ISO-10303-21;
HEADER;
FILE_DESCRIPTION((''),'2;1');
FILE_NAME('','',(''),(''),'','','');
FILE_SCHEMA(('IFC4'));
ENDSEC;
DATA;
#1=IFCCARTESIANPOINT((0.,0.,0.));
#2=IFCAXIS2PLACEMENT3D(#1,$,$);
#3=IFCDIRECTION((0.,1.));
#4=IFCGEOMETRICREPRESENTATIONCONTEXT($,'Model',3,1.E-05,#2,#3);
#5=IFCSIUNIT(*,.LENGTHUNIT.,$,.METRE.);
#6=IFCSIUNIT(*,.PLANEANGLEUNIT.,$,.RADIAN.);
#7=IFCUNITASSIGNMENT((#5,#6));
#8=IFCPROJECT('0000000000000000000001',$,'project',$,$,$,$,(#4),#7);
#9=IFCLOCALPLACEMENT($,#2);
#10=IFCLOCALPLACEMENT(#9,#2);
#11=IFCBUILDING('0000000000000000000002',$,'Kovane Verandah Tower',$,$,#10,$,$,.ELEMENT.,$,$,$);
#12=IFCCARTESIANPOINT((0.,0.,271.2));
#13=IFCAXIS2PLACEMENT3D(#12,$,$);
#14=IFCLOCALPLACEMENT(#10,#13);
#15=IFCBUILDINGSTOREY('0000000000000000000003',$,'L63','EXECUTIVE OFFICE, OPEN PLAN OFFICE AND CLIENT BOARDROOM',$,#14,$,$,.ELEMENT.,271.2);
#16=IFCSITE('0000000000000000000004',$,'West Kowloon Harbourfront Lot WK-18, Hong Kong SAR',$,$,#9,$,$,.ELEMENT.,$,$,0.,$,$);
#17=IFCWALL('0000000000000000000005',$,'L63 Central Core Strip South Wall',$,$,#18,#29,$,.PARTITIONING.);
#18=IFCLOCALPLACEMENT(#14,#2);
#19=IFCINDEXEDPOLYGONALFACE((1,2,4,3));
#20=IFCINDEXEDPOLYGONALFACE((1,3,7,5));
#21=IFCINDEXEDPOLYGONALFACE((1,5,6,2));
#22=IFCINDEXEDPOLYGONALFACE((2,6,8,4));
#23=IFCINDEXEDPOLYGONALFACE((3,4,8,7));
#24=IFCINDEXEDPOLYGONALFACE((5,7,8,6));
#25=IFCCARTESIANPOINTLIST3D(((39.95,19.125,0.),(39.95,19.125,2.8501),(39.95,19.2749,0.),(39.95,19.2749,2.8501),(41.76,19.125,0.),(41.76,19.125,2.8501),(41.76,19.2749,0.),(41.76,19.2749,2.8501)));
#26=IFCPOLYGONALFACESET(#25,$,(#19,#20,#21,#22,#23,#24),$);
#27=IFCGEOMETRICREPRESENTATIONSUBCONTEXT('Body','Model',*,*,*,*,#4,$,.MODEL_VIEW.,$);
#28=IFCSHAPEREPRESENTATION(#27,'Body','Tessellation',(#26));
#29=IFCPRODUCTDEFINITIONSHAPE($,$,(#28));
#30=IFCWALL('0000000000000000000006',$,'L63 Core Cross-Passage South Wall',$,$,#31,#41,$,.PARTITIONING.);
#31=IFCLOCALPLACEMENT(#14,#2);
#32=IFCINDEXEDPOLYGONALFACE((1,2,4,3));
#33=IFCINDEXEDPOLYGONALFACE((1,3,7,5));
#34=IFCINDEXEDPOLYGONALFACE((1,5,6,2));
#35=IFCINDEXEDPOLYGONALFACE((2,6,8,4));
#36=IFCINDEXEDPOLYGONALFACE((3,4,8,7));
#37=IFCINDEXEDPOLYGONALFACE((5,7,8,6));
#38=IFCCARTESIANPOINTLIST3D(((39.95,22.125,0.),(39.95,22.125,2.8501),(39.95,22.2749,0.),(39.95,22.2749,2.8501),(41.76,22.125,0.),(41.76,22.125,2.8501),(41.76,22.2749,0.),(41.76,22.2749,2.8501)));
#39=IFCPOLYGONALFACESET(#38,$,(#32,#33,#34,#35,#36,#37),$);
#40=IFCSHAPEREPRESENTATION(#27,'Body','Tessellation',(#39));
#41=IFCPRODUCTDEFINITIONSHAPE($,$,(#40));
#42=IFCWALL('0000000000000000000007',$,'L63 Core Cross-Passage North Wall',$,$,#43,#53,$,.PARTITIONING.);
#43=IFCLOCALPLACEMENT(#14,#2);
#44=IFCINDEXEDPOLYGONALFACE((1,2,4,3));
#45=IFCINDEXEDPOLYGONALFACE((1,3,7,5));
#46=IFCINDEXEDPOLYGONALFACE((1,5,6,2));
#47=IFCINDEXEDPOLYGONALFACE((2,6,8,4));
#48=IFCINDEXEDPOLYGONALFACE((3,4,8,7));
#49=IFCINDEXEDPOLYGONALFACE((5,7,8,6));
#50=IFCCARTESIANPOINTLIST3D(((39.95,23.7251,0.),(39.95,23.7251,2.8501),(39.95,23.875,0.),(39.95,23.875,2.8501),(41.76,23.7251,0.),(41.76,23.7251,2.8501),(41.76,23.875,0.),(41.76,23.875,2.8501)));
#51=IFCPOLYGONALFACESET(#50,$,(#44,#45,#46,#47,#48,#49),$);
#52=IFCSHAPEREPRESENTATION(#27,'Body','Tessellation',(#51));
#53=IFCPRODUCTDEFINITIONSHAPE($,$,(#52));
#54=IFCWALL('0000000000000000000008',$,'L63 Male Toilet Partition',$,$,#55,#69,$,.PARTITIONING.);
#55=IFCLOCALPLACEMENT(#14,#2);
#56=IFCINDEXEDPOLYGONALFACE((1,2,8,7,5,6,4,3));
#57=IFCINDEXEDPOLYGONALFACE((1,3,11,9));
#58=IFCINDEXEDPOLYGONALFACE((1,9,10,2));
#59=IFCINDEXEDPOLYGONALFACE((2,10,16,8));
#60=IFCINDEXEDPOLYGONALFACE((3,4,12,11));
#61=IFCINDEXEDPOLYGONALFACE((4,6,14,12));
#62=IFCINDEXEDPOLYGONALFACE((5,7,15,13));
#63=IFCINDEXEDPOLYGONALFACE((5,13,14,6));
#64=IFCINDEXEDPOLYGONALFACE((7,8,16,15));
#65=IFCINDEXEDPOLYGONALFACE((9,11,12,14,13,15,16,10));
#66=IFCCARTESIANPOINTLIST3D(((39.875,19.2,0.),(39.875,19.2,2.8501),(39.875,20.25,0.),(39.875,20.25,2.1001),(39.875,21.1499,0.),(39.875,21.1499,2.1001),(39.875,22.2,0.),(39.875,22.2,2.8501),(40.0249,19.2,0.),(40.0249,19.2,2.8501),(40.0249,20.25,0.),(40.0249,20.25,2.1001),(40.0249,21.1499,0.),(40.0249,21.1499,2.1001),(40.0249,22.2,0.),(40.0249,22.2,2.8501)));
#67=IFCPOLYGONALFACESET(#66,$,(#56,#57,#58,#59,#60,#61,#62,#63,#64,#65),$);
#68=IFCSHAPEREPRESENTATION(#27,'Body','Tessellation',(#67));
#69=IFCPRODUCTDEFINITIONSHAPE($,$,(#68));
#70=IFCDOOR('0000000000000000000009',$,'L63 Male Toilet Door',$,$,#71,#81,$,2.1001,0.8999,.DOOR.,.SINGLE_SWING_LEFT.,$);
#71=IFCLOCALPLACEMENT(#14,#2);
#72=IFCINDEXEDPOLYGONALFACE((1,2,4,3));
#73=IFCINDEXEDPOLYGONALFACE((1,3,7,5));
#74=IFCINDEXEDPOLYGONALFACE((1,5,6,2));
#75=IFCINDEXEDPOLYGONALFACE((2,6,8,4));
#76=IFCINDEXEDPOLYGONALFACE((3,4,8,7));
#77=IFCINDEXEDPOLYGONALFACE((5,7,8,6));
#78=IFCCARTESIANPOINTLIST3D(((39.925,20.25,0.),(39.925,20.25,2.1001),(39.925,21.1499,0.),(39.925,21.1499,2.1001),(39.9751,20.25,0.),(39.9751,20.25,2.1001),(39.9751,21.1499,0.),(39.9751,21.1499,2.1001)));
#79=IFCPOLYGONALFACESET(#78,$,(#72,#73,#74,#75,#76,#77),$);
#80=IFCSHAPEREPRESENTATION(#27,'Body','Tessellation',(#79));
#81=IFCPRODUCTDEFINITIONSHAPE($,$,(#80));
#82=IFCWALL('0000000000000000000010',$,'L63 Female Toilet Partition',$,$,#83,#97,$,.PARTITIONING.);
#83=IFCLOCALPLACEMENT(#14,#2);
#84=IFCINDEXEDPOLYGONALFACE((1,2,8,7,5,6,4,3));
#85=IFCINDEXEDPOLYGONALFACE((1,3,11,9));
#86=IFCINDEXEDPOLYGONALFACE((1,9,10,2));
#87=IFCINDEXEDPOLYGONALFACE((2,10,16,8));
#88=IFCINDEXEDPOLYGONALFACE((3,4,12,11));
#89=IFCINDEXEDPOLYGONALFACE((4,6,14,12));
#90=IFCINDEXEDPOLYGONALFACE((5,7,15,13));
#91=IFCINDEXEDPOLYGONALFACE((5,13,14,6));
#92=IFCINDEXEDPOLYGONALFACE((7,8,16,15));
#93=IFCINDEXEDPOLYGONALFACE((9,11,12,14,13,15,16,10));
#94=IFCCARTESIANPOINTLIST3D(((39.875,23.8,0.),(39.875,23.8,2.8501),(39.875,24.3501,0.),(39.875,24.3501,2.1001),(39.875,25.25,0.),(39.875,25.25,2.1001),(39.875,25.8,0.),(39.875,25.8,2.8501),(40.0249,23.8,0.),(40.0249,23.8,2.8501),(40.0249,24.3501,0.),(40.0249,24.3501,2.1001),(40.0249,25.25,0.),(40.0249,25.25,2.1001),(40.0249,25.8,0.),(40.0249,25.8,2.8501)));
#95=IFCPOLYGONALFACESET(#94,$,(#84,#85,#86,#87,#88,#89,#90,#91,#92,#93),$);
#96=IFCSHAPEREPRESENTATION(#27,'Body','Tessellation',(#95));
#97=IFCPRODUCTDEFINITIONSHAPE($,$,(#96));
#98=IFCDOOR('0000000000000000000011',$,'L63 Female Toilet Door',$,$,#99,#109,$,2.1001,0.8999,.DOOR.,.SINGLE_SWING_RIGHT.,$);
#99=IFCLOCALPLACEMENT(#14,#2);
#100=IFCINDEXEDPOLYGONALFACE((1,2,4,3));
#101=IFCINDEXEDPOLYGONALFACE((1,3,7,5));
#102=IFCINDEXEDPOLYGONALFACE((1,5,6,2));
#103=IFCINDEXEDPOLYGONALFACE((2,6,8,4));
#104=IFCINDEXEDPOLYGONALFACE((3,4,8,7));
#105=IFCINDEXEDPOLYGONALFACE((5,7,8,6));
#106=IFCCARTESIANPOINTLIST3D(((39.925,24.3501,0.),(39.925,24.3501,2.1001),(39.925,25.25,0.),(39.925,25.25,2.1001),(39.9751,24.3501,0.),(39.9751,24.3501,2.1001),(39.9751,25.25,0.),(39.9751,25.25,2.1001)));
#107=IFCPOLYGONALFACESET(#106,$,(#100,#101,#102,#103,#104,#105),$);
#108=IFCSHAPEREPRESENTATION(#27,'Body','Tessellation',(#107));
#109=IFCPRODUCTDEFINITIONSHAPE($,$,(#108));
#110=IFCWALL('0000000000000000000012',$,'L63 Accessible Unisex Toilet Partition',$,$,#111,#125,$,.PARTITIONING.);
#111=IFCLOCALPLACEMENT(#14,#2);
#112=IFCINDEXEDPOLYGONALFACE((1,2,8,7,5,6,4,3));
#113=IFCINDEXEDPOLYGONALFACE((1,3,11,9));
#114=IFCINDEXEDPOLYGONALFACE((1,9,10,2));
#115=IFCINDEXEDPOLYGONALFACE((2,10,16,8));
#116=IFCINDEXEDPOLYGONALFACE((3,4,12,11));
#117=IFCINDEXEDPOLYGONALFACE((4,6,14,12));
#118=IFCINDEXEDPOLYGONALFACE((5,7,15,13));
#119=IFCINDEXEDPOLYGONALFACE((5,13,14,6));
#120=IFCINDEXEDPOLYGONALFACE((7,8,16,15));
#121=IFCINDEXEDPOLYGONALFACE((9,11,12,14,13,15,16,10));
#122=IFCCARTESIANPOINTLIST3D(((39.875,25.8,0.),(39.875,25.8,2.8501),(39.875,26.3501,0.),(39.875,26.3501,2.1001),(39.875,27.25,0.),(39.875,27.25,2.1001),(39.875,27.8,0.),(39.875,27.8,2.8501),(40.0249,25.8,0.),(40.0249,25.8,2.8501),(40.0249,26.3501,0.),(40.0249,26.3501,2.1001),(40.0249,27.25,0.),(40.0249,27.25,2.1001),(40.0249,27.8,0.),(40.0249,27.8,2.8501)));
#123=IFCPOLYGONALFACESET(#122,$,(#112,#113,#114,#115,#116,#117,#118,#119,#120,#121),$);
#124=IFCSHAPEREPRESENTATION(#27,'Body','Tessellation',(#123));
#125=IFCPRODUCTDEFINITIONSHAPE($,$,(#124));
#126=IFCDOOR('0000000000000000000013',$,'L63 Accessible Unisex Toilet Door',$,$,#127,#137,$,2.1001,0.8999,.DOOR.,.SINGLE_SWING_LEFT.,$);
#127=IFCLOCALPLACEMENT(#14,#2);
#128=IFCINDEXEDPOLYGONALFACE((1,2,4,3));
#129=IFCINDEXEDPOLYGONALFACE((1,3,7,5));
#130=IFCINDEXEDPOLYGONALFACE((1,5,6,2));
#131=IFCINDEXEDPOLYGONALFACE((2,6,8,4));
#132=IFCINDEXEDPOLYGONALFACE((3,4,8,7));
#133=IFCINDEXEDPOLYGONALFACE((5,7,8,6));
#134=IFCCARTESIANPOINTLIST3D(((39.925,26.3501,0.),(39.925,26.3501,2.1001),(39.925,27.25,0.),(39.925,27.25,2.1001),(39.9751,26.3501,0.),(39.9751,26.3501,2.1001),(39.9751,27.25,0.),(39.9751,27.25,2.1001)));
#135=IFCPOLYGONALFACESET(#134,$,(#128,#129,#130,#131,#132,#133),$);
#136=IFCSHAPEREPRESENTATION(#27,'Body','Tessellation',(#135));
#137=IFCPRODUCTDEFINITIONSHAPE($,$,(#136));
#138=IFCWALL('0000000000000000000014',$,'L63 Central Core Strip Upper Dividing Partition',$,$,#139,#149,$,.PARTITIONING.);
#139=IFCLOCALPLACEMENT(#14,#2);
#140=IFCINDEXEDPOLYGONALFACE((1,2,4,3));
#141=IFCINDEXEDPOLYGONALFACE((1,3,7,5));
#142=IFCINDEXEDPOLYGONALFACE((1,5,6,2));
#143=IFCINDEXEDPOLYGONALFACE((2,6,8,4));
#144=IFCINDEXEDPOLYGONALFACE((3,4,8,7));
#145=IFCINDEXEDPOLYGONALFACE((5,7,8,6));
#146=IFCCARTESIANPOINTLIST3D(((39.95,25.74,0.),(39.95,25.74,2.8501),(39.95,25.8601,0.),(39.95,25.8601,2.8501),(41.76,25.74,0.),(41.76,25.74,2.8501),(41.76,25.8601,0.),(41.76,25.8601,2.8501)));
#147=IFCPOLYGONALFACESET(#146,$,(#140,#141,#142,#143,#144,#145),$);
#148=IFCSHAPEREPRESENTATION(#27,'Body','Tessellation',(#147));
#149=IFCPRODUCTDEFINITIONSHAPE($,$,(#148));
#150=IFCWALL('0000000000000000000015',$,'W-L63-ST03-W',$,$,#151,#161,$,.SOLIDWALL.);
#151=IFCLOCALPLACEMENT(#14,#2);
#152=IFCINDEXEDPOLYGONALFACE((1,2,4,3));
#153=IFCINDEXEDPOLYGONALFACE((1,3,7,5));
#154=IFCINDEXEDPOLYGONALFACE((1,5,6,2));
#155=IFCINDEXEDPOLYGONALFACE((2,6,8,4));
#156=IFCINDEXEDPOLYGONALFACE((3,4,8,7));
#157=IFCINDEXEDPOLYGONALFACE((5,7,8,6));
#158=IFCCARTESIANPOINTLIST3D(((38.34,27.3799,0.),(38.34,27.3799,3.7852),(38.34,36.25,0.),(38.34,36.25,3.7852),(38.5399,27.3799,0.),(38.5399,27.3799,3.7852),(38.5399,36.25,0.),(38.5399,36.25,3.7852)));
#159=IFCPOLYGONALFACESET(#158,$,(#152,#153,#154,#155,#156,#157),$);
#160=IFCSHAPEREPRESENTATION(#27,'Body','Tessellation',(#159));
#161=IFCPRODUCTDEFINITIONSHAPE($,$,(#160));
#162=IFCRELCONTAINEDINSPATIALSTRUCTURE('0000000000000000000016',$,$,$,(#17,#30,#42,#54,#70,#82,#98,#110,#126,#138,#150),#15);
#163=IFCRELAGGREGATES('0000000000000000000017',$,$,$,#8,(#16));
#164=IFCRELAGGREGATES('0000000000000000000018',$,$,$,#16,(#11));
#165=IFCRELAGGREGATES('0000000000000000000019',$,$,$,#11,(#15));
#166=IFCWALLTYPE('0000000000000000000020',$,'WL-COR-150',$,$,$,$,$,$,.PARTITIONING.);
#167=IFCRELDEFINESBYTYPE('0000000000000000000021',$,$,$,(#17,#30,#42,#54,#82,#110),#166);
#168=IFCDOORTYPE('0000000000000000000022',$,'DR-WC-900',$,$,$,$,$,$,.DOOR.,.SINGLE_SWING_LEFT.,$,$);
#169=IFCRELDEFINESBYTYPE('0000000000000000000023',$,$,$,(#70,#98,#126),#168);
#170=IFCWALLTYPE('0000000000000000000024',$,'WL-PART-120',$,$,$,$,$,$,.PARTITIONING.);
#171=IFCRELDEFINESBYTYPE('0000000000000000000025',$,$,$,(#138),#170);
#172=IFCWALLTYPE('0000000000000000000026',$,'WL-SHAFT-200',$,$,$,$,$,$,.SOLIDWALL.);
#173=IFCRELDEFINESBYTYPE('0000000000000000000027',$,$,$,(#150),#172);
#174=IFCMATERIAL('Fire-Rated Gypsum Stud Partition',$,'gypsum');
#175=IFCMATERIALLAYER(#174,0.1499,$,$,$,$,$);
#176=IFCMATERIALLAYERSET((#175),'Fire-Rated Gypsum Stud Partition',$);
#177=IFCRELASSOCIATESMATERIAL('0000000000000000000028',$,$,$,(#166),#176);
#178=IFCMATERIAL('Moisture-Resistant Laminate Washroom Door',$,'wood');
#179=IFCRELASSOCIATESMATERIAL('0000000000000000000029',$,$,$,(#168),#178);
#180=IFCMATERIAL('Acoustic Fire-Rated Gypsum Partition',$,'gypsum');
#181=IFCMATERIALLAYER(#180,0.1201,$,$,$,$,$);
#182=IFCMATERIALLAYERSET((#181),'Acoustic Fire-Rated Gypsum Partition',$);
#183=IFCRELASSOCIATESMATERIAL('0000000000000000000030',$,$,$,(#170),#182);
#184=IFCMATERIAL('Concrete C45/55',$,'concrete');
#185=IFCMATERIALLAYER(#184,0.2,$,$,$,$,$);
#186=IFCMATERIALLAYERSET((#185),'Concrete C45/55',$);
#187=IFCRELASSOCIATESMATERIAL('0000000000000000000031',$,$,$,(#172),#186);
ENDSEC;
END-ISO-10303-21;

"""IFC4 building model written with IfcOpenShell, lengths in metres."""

from ifc_helpers import new_model, si_unit, direction, frame, frame_2d, origin, place, context, subcontext, project, spatial, rectangle, extrude, material, layer, layer_set, type_object, element, fill, save


model = new_model("IFC4")

# Units and contexts
model_context = context("Model", 3, precision=1e-05, world=origin(), true_north=direction((0.0, 1.0)))
body_context = subcontext(model_context, "Body", "Model", "MODEL_VIEW")
ifc_project = project(units=[si_unit("LENGTHUNIT", "METRE"), si_unit("PLANEANGLEUNIT", "RADIAN")], contexts=[model_context])

# Site, building, storey
site_placement = place(None, origin())
site = spatial("IfcSite", under=ifc_project, at=site_placement, Name="West Kowloon Harbourfront Lot WK-18, Hong Kong SAR", CompositionType="ELEMENT", RefElevation=0.0)
building_placement = place(site_placement, origin())
building = spatial("IfcBuilding", under=site, at=building_placement, Name="Kovane Verandah Tower", CompositionType="ELEMENT")
storey_placement = place(building_placement, frame((0.0, 0.0, 271.2)))
storey = spatial("IfcBuildingStorey", under=building, at=storey_placement, Name="L63", Description="EXECUTIVE OFFICE, OPEN PLAN OFFICE AND CLIENT BOARDROOM", CompositionType="ELEMENT", Elevation=271.2)

# Walls
ifc_material_1 = material(Name="Fire-Rated Gypsum Stud Partition", Category="gypsum")
ifc_layer_1 = layer(ifc_material_1, 0.1499)
ifc_layer_set_1 = layer_set([ifc_layer_1], Name="Fire-Rated Gypsum Stud Partition")
wall_type_1 = type_object("IfcWallType", Name="WL-COR-150", PredefinedType="PARTITIONING", material=ifc_layer_set_1)
for number, where, z_axis, x_axis, name in (
    (1, (39.95, 19.2, 0.0), (0.0, 0.0, 1.0), (1.0, 0.0, 0.0), "L63 Central Core Strip South Wall"),
    (2, (39.95, 22.2, 0.0), (0.0, 0.0, 1.0), (1.0, 0.0, 0.0), "L63 Core Cross-Passage South Wall"),
    (3, (39.95, 23.8, 0.0), (0.0, 0.0, 1.0), (1.0, 0.0, 0.0), "L63 Core Cross-Passage North Wall"),
):
    element("IfcWall", number, at=place(storey_placement, frame(where, z_axis=z_axis, x_axis=x_axis)), inside=storey, type_object=wall_type_1, Name=name, PredefinedType="PARTITIONING", context=body_context, shape_type="SweptSolid", body=[
        extrude(rectangle(XDim=1.8101, YDim=0.1499, at=frame_2d((0.905, 0.0))), origin(), (0.0, 0.0, 1.0), 2.8501),
    ])

# Walls, openings, doors
wall_1_placement = place(storey_placement, frame((39.95, 19.2, 0.0), z_axis=(0.0, 0.0, 1.0), x_axis=(0.0, 1.0, 0.0)))
wall_1 = element("IfcWall", 4, at=wall_1_placement, inside=storey, type_object=wall_type_1, Name="L63 Male Toilet Partition", PredefinedType="PARTITIONING", context=body_context, shape_type="SweptSolid", body=[
    extrude(rectangle(XDim=3.0, YDim=0.1499, at=frame_2d((1.5, 0.0))), origin(), (0.0, 0.0, 1.0), 2.8501),
])
opening_1_placement = place(wall_1_placement, frame((1.05, 0.0, 0.0)))
opening_1 = element("IfcOpeningElement", 5, at=opening_1_placement, cuts=wall_1, PredefinedType="OPENING", context=body_context, shape_type="SweptSolid", body=[
    extrude(rectangle(XDim=0.8999, YDim=2.1001, at=frame_2d((0.45, 1.05))), frame((0.0, 0.075, 0.0), z_axis=(0.0, -1.0, 0.0), x_axis=(1.0, 0.0, 0.0)), (0.0, 0.0, 1.0), 0.1499),
])
ifc_material_2 = material(Name="Moisture-Resistant Laminate Washroom Door", Category="wood")
door_type_1 = type_object("IfcDoorType", Name="DR-WC-900", OperationType="SINGLE_SWING_LEFT", PredefinedType="DOOR", material=ifc_material_2)
door_1_placement = place(opening_1_placement, origin())
door_1 = element("IfcDoor", 6, at=door_1_placement, inside=storey, type_object=door_type_1, Name="L63 Male Toilet Door", OperationType="SINGLE_SWING_LEFT", OverallHeight=2.1001, OverallWidth=0.8999, PredefinedType="DOOR", context=body_context, shape_type="SweptSolid", body=[
    extrude(rectangle(XDim=0.8999, YDim=2.1001, at=frame_2d((0.45, 1.05))), frame((0.0, 0.0249, 0.0), z_axis=(0.0, -1.0, 0.0), x_axis=(1.0, 0.0, 0.0)), (0.0, 0.0, 1.0), 0.05),
])
fill(opening_1, door_1)
wall_2_placement = place(storey_placement, frame((39.95, 23.8, 0.0), z_axis=(0.0, 0.0, 1.0), x_axis=(0.0, 1.0, 0.0)))
wall_2 = element("IfcWall", 7, at=wall_2_placement, inside=storey, type_object=wall_type_1, Name="L63 Female Toilet Partition", PredefinedType="PARTITIONING", context=body_context, shape_type="SweptSolid", body=[
    extrude(rectangle(XDim=2.0, YDim=0.1499, at=frame_2d((1.0, 0.0))), origin(), (0.0, 0.0, 1.0), 2.8501),
])
opening_2_placement = place(wall_2_placement, frame((0.55, 0.0, 0.0)))
opening_2 = element("IfcOpeningElement", 8, at=opening_2_placement, cuts=wall_2, PredefinedType="OPENING", context=body_context, shape_type="SweptSolid", body=[
    extrude(rectangle(XDim=0.8999, YDim=2.1001, at=frame_2d((0.45, 1.05))), frame((0.0, 0.075, 0.0), z_axis=(0.0, -1.0, 0.0), x_axis=(1.0, 0.0, 0.0)), (0.0, 0.0, 1.0), 0.1499),
])
door_2_placement = place(opening_2_placement, origin())
door_2 = element("IfcDoor", 9, at=door_2_placement, inside=storey, type_object=door_type_1, Name="L63 Female Toilet Door", OperationType="SINGLE_SWING_RIGHT", OverallHeight=2.1001, OverallWidth=0.8999, PredefinedType="DOOR", context=body_context, shape_type="SweptSolid", body=[
    extrude(rectangle(XDim=0.8999, YDim=2.1001, at=frame_2d((0.45, 1.05))), frame((0.0, 0.0249, 0.0), z_axis=(0.0, -1.0, 0.0), x_axis=(1.0, 0.0, 0.0)), (0.0, 0.0, 1.0), 0.05),
])
fill(opening_2, door_2)
wall_3_placement = place(storey_placement, frame((39.95, 25.8, 0.0), z_axis=(0.0, 0.0, 1.0), x_axis=(0.0, 1.0, 0.0)))
wall_3 = element("IfcWall", 10, at=wall_3_placement, inside=storey, type_object=wall_type_1, Name="L63 Accessible Unisex Toilet Partition", PredefinedType="PARTITIONING", context=body_context, shape_type="SweptSolid", body=[
    extrude(rectangle(XDim=2.0, YDim=0.1499, at=frame_2d((1.0, 0.0))), origin(), (0.0, 0.0, 1.0), 2.8501),
])
opening_3_placement = place(wall_3_placement, frame((0.55, 0.0, 0.0)))
opening_3 = element("IfcOpeningElement", 11, at=opening_3_placement, cuts=wall_3, PredefinedType="OPENING", context=body_context, shape_type="SweptSolid", body=[
    extrude(rectangle(XDim=0.8999, YDim=2.1001, at=frame_2d((0.45, 1.05))), frame((0.0, 0.075, 0.0), z_axis=(0.0, -1.0, 0.0), x_axis=(1.0, 0.0, 0.0)), (0.0, 0.0, 1.0), 0.1499),
])
door_3_placement = place(opening_3_placement, origin())
door_3 = element("IfcDoor", 12, at=door_3_placement, inside=storey, type_object=door_type_1, Name="L63 Accessible Unisex Toilet Door", OperationType="SINGLE_SWING_LEFT", OverallHeight=2.1001, OverallWidth=0.8999, PredefinedType="DOOR", context=body_context, shape_type="SweptSolid", body=[
    extrude(rectangle(XDim=0.8999, YDim=2.1001, at=frame_2d((0.45, 1.05))), frame((0.0, 0.0249, 0.0), z_axis=(0.0, -1.0, 0.0), x_axis=(1.0, 0.0, 0.0)), (0.0, 0.0, 1.0), 0.05),
])
fill(opening_3, door_3)

# Walls
ifc_material_3 = material(Name="Acoustic Fire-Rated Gypsum Partition", Category="gypsum")
ifc_layer_2 = layer(ifc_material_3, 0.1201)
ifc_layer_set_2 = layer_set([ifc_layer_2], Name="Acoustic Fire-Rated Gypsum Partition")
wall_type_2 = type_object("IfcWallType", Name="WL-PART-120", PredefinedType="PARTITIONING", material=ifc_layer_set_2)
wall_4_placement = place(storey_placement, frame((39.95, 25.8, 0.0), z_axis=(0.0, 0.0, 1.0), x_axis=(1.0, 0.0, 0.0)))
element("IfcWall", 13, at=wall_4_placement, inside=storey, type_object=wall_type_2, Name="L63 Central Core Strip Upper Dividing Partition", PredefinedType="PARTITIONING", context=body_context, shape_type="SweptSolid", body=[
    extrude(rectangle(XDim=1.8101, YDim=0.1201, at=frame_2d((0.905, 0.0))), origin(), (0.0, 0.0, 1.0), 2.8501),
])
ifc_material_4 = material(Name="Concrete C45/55", Category="concrete")
ifc_layer_3 = layer(ifc_material_4, 0.2)
ifc_layer_set_3 = layer_set([ifc_layer_3], Name="Concrete C45/55")
wall_type_3 = type_object("IfcWallType", Name="WL-SHAFT-200", PredefinedType="SOLIDWALL", material=ifc_layer_set_3)
wall_5_placement = place(storey_placement, frame((38.4399, 27.3799, 0.0), z_axis=(0.0, 0.0, 1.0), x_axis=(0.0, 1.0, 0.0)))
element("IfcWall", 14, at=wall_5_placement, inside=storey, type_object=wall_type_3, Name="W-L63-ST03-W", PredefinedType="SOLIDWALL", context=body_context, shape_type="SweptSolid", body=[
    extrude(rectangle(XDim=8.8701, YDim=0.2, at=frame_2d((4.4351, 0.0))), origin(), (0.0, 0.0, 1.0), 3.7852),
])

save(model, "model.ifc")
